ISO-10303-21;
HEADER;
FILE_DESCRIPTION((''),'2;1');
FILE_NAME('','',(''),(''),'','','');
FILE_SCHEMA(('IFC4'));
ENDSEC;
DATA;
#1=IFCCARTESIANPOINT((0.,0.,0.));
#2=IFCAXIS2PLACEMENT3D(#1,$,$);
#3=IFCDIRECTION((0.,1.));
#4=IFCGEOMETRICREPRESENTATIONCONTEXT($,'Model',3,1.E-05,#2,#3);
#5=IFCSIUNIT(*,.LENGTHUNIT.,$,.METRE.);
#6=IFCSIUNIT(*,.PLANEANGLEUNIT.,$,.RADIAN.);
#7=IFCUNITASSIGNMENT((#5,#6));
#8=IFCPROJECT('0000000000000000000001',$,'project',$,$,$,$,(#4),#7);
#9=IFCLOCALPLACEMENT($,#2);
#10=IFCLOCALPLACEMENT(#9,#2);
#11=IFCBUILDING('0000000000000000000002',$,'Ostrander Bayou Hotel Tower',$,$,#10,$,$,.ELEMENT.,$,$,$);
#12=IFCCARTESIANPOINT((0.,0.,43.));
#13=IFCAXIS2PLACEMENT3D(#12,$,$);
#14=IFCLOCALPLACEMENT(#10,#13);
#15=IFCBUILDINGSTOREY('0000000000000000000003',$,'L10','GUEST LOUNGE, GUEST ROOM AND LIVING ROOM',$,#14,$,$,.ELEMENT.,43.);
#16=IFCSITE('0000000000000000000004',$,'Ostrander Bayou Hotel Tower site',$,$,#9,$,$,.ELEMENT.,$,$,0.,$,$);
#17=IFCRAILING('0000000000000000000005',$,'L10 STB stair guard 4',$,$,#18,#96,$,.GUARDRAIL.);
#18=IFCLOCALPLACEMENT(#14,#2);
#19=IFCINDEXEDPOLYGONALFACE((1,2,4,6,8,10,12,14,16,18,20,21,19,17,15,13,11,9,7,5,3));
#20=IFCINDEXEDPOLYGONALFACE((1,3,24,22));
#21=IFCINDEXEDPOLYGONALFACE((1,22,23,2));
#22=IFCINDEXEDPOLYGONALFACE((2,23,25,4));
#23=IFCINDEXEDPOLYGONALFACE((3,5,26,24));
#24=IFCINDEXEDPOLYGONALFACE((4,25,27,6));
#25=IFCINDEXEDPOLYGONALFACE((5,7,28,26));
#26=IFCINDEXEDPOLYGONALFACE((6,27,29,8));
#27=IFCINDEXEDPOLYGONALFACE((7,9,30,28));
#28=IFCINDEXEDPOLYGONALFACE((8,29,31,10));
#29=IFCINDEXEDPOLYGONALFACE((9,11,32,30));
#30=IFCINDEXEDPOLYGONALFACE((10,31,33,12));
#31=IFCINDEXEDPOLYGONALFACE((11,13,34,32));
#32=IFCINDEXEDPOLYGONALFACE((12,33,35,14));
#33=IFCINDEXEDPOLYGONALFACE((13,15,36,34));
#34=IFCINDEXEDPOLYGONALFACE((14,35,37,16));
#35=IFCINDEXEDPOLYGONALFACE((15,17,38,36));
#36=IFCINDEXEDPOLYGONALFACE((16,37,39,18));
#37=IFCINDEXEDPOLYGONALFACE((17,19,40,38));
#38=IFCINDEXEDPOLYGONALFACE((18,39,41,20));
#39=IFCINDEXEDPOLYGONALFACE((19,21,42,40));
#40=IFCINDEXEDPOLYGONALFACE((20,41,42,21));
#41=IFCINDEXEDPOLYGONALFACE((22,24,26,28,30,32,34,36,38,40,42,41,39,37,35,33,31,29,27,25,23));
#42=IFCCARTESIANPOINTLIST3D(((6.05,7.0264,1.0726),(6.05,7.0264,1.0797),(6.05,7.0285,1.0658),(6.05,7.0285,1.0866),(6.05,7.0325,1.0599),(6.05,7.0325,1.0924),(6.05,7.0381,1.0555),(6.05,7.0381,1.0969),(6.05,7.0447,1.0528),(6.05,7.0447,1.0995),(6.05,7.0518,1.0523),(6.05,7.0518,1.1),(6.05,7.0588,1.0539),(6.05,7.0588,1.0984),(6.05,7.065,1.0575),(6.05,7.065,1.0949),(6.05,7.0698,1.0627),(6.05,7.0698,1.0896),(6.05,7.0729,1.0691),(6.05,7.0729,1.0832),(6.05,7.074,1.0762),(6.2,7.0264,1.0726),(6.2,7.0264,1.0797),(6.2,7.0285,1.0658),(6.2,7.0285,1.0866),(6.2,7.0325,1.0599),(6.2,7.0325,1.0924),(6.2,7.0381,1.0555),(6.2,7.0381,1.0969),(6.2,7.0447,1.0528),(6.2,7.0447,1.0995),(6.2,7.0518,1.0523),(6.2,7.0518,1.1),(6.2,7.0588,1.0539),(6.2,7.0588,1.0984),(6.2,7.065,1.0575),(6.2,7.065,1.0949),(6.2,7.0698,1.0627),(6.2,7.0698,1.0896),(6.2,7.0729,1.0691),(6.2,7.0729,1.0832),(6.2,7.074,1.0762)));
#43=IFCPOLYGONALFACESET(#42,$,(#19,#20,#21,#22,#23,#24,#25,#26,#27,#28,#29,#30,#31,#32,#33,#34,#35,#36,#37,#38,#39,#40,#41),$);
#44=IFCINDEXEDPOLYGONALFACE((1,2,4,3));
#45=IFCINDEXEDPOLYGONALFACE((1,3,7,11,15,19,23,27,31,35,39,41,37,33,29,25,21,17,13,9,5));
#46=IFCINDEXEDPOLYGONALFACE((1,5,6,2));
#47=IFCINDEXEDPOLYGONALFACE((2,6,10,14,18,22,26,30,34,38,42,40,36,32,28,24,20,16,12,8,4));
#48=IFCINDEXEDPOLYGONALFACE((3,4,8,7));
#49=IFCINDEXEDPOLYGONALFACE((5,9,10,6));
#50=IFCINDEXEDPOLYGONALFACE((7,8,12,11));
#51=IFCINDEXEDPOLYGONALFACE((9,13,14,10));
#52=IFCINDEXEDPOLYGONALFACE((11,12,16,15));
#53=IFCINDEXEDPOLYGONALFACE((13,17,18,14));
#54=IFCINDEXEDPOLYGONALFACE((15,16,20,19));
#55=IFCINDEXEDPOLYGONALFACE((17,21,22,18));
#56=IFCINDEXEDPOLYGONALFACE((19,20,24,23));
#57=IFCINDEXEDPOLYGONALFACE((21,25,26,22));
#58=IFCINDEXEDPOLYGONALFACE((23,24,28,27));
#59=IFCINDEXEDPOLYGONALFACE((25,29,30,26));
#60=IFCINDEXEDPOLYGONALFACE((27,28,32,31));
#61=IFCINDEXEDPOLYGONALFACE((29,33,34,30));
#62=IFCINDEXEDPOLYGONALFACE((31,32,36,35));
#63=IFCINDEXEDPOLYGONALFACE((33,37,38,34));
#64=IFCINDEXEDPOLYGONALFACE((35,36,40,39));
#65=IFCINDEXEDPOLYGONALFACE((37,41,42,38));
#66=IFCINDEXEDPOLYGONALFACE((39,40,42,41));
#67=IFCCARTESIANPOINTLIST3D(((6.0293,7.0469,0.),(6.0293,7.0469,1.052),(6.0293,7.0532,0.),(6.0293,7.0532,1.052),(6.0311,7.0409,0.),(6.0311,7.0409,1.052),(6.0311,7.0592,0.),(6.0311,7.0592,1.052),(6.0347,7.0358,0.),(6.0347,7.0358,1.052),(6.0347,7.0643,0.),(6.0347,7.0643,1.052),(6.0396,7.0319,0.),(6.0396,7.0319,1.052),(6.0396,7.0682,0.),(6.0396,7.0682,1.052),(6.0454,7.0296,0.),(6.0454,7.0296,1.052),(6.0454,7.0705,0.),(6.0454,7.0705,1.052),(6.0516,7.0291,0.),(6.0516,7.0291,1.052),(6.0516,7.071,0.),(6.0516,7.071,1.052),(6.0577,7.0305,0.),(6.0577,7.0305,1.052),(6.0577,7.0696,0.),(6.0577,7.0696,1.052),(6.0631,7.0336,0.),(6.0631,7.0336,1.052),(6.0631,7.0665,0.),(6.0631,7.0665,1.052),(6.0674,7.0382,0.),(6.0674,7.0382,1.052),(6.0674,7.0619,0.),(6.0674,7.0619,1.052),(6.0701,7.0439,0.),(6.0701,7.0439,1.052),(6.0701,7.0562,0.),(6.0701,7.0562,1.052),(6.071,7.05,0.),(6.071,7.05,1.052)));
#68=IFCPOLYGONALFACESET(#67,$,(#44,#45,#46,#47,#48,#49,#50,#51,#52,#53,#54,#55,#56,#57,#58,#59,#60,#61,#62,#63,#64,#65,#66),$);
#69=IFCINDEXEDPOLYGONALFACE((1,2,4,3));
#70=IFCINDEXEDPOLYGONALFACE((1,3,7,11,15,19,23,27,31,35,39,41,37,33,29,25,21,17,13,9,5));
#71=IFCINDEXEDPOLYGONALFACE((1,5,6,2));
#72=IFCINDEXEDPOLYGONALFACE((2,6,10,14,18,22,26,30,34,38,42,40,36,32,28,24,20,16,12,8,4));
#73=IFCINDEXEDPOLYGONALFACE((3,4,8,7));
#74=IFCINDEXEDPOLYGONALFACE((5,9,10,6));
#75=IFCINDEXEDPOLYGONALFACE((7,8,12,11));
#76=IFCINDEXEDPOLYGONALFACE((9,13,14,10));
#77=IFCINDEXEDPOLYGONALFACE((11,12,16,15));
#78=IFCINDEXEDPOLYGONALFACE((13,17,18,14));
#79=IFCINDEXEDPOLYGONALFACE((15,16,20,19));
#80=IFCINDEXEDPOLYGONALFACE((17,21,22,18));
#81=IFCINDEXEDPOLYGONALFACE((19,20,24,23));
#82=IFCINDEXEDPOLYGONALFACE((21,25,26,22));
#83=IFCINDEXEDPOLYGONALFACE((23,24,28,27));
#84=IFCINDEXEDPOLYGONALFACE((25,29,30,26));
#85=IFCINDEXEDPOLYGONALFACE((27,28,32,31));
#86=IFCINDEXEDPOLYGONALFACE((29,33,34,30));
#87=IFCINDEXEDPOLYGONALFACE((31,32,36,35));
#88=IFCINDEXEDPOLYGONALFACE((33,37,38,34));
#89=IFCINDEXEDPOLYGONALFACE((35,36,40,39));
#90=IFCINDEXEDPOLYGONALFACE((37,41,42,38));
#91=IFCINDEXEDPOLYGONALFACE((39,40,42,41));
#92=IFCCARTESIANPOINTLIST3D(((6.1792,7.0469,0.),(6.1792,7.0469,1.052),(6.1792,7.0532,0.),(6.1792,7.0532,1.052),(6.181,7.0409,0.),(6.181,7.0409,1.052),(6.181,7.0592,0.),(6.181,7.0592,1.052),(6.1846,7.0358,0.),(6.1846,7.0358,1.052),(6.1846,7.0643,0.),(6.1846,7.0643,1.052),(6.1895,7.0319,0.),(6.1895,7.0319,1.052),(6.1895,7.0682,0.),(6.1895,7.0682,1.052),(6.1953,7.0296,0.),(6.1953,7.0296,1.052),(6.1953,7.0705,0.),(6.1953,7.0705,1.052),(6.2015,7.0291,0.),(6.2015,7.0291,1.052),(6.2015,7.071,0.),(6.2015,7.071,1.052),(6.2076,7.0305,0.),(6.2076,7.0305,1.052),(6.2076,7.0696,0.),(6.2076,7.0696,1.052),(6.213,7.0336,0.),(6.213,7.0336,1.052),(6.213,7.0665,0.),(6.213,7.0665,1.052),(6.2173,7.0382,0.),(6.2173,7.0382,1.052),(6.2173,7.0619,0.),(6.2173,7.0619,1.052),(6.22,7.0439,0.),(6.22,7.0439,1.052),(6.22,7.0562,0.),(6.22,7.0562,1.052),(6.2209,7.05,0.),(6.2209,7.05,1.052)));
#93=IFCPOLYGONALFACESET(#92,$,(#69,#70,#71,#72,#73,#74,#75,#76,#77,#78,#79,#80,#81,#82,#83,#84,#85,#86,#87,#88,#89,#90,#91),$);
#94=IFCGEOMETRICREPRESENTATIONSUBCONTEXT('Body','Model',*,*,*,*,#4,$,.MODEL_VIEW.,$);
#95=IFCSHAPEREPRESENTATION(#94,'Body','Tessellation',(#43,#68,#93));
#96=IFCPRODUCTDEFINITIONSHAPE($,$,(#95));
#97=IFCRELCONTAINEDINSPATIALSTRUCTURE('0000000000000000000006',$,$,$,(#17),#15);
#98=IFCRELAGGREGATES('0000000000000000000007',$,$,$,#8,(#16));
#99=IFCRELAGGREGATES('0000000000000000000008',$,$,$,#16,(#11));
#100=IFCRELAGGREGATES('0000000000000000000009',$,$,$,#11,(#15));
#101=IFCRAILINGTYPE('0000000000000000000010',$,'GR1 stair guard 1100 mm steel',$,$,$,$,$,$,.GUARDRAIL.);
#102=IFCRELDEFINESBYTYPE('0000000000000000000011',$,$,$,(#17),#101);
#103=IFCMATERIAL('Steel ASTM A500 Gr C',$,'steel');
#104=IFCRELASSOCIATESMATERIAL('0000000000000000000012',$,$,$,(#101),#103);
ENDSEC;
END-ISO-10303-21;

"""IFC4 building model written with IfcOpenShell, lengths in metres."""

from ifc_helpers import new_model, si_unit, direction, frame, origin, origin_2d, place, context, subcontext, project, spatial, circle, extrude, material, type_object, element, save


model = new_model("IFC4")

# Units and contexts
model_context = context("Model", 3, precision=1e-05, world=origin(), true_north=direction((0.0, 1.0)))
body_context = subcontext(model_context, "Body", "Model", "MODEL_VIEW")
ifc_project = project(units=[si_unit("LENGTHUNIT", "METRE"), si_unit("PLANEANGLEUNIT", "RADIAN")], contexts=[model_context])

# Site, building, storey
site_placement = place(None, origin())
site = spatial("IfcSite", under=ifc_project, at=site_placement, Name="Ostrander Bayou Hotel Tower site", CompositionType="ELEMENT", RefElevation=0.0)
building_placement = place(site_placement, origin())
building = spatial("IfcBuilding", under=site, at=building_placement, Name="Ostrander Bayou Hotel Tower", CompositionType="ELEMENT")
storey_placement = place(building_placement, frame((0.0, 0.0, 43.0)))
storey = spatial("IfcBuildingStorey", under=building, at=storey_placement, Name="L10", Description="GUEST LOUNGE, GUEST ROOM AND LIVING ROOM", CompositionType="ELEMENT", Elevation=43.0)

# Railing
ifc_material_1 = material(Name="Steel ASTM A500 Gr C", Category="steel")
railing_type_1 = type_object("IfcRailingType", Name="GR1 stair guard 1100 mm steel", PredefinedType="GUARDRAIL", material=ifc_material_1)
railing_1_placement = place(storey_placement, frame((6.05, 7.05, 0.0)))
element("IfcRailing", 1, at=railing_1_placement, inside=storey, type_object=railing_type_1, Name="L10 STB stair guard 4", PredefinedType="GUARDRAIL", context=body_context, shape_type="SweptSolid", body=[
    extrude(circle(Radius=0.0239, at=origin_2d()), frame((0.0, 0.0, 1.0762), z_axis=(1.0, 0.0, 0.0), x_axis=(0.0, 1.0, 0.0)), (0.0, 0.0, 1.0), 0.1499),
    extrude(circle(Radius=0.021, at=origin_2d()), origin(), (0.0, 0.0, 1.0), 1.052),
    extrude(circle(Radius=0.021, at=origin_2d()), frame((0.1499, 0.0, 0.0)), (0.0, 0.0, 1.0), 1.052),
])

save(model, "model.ifc")
